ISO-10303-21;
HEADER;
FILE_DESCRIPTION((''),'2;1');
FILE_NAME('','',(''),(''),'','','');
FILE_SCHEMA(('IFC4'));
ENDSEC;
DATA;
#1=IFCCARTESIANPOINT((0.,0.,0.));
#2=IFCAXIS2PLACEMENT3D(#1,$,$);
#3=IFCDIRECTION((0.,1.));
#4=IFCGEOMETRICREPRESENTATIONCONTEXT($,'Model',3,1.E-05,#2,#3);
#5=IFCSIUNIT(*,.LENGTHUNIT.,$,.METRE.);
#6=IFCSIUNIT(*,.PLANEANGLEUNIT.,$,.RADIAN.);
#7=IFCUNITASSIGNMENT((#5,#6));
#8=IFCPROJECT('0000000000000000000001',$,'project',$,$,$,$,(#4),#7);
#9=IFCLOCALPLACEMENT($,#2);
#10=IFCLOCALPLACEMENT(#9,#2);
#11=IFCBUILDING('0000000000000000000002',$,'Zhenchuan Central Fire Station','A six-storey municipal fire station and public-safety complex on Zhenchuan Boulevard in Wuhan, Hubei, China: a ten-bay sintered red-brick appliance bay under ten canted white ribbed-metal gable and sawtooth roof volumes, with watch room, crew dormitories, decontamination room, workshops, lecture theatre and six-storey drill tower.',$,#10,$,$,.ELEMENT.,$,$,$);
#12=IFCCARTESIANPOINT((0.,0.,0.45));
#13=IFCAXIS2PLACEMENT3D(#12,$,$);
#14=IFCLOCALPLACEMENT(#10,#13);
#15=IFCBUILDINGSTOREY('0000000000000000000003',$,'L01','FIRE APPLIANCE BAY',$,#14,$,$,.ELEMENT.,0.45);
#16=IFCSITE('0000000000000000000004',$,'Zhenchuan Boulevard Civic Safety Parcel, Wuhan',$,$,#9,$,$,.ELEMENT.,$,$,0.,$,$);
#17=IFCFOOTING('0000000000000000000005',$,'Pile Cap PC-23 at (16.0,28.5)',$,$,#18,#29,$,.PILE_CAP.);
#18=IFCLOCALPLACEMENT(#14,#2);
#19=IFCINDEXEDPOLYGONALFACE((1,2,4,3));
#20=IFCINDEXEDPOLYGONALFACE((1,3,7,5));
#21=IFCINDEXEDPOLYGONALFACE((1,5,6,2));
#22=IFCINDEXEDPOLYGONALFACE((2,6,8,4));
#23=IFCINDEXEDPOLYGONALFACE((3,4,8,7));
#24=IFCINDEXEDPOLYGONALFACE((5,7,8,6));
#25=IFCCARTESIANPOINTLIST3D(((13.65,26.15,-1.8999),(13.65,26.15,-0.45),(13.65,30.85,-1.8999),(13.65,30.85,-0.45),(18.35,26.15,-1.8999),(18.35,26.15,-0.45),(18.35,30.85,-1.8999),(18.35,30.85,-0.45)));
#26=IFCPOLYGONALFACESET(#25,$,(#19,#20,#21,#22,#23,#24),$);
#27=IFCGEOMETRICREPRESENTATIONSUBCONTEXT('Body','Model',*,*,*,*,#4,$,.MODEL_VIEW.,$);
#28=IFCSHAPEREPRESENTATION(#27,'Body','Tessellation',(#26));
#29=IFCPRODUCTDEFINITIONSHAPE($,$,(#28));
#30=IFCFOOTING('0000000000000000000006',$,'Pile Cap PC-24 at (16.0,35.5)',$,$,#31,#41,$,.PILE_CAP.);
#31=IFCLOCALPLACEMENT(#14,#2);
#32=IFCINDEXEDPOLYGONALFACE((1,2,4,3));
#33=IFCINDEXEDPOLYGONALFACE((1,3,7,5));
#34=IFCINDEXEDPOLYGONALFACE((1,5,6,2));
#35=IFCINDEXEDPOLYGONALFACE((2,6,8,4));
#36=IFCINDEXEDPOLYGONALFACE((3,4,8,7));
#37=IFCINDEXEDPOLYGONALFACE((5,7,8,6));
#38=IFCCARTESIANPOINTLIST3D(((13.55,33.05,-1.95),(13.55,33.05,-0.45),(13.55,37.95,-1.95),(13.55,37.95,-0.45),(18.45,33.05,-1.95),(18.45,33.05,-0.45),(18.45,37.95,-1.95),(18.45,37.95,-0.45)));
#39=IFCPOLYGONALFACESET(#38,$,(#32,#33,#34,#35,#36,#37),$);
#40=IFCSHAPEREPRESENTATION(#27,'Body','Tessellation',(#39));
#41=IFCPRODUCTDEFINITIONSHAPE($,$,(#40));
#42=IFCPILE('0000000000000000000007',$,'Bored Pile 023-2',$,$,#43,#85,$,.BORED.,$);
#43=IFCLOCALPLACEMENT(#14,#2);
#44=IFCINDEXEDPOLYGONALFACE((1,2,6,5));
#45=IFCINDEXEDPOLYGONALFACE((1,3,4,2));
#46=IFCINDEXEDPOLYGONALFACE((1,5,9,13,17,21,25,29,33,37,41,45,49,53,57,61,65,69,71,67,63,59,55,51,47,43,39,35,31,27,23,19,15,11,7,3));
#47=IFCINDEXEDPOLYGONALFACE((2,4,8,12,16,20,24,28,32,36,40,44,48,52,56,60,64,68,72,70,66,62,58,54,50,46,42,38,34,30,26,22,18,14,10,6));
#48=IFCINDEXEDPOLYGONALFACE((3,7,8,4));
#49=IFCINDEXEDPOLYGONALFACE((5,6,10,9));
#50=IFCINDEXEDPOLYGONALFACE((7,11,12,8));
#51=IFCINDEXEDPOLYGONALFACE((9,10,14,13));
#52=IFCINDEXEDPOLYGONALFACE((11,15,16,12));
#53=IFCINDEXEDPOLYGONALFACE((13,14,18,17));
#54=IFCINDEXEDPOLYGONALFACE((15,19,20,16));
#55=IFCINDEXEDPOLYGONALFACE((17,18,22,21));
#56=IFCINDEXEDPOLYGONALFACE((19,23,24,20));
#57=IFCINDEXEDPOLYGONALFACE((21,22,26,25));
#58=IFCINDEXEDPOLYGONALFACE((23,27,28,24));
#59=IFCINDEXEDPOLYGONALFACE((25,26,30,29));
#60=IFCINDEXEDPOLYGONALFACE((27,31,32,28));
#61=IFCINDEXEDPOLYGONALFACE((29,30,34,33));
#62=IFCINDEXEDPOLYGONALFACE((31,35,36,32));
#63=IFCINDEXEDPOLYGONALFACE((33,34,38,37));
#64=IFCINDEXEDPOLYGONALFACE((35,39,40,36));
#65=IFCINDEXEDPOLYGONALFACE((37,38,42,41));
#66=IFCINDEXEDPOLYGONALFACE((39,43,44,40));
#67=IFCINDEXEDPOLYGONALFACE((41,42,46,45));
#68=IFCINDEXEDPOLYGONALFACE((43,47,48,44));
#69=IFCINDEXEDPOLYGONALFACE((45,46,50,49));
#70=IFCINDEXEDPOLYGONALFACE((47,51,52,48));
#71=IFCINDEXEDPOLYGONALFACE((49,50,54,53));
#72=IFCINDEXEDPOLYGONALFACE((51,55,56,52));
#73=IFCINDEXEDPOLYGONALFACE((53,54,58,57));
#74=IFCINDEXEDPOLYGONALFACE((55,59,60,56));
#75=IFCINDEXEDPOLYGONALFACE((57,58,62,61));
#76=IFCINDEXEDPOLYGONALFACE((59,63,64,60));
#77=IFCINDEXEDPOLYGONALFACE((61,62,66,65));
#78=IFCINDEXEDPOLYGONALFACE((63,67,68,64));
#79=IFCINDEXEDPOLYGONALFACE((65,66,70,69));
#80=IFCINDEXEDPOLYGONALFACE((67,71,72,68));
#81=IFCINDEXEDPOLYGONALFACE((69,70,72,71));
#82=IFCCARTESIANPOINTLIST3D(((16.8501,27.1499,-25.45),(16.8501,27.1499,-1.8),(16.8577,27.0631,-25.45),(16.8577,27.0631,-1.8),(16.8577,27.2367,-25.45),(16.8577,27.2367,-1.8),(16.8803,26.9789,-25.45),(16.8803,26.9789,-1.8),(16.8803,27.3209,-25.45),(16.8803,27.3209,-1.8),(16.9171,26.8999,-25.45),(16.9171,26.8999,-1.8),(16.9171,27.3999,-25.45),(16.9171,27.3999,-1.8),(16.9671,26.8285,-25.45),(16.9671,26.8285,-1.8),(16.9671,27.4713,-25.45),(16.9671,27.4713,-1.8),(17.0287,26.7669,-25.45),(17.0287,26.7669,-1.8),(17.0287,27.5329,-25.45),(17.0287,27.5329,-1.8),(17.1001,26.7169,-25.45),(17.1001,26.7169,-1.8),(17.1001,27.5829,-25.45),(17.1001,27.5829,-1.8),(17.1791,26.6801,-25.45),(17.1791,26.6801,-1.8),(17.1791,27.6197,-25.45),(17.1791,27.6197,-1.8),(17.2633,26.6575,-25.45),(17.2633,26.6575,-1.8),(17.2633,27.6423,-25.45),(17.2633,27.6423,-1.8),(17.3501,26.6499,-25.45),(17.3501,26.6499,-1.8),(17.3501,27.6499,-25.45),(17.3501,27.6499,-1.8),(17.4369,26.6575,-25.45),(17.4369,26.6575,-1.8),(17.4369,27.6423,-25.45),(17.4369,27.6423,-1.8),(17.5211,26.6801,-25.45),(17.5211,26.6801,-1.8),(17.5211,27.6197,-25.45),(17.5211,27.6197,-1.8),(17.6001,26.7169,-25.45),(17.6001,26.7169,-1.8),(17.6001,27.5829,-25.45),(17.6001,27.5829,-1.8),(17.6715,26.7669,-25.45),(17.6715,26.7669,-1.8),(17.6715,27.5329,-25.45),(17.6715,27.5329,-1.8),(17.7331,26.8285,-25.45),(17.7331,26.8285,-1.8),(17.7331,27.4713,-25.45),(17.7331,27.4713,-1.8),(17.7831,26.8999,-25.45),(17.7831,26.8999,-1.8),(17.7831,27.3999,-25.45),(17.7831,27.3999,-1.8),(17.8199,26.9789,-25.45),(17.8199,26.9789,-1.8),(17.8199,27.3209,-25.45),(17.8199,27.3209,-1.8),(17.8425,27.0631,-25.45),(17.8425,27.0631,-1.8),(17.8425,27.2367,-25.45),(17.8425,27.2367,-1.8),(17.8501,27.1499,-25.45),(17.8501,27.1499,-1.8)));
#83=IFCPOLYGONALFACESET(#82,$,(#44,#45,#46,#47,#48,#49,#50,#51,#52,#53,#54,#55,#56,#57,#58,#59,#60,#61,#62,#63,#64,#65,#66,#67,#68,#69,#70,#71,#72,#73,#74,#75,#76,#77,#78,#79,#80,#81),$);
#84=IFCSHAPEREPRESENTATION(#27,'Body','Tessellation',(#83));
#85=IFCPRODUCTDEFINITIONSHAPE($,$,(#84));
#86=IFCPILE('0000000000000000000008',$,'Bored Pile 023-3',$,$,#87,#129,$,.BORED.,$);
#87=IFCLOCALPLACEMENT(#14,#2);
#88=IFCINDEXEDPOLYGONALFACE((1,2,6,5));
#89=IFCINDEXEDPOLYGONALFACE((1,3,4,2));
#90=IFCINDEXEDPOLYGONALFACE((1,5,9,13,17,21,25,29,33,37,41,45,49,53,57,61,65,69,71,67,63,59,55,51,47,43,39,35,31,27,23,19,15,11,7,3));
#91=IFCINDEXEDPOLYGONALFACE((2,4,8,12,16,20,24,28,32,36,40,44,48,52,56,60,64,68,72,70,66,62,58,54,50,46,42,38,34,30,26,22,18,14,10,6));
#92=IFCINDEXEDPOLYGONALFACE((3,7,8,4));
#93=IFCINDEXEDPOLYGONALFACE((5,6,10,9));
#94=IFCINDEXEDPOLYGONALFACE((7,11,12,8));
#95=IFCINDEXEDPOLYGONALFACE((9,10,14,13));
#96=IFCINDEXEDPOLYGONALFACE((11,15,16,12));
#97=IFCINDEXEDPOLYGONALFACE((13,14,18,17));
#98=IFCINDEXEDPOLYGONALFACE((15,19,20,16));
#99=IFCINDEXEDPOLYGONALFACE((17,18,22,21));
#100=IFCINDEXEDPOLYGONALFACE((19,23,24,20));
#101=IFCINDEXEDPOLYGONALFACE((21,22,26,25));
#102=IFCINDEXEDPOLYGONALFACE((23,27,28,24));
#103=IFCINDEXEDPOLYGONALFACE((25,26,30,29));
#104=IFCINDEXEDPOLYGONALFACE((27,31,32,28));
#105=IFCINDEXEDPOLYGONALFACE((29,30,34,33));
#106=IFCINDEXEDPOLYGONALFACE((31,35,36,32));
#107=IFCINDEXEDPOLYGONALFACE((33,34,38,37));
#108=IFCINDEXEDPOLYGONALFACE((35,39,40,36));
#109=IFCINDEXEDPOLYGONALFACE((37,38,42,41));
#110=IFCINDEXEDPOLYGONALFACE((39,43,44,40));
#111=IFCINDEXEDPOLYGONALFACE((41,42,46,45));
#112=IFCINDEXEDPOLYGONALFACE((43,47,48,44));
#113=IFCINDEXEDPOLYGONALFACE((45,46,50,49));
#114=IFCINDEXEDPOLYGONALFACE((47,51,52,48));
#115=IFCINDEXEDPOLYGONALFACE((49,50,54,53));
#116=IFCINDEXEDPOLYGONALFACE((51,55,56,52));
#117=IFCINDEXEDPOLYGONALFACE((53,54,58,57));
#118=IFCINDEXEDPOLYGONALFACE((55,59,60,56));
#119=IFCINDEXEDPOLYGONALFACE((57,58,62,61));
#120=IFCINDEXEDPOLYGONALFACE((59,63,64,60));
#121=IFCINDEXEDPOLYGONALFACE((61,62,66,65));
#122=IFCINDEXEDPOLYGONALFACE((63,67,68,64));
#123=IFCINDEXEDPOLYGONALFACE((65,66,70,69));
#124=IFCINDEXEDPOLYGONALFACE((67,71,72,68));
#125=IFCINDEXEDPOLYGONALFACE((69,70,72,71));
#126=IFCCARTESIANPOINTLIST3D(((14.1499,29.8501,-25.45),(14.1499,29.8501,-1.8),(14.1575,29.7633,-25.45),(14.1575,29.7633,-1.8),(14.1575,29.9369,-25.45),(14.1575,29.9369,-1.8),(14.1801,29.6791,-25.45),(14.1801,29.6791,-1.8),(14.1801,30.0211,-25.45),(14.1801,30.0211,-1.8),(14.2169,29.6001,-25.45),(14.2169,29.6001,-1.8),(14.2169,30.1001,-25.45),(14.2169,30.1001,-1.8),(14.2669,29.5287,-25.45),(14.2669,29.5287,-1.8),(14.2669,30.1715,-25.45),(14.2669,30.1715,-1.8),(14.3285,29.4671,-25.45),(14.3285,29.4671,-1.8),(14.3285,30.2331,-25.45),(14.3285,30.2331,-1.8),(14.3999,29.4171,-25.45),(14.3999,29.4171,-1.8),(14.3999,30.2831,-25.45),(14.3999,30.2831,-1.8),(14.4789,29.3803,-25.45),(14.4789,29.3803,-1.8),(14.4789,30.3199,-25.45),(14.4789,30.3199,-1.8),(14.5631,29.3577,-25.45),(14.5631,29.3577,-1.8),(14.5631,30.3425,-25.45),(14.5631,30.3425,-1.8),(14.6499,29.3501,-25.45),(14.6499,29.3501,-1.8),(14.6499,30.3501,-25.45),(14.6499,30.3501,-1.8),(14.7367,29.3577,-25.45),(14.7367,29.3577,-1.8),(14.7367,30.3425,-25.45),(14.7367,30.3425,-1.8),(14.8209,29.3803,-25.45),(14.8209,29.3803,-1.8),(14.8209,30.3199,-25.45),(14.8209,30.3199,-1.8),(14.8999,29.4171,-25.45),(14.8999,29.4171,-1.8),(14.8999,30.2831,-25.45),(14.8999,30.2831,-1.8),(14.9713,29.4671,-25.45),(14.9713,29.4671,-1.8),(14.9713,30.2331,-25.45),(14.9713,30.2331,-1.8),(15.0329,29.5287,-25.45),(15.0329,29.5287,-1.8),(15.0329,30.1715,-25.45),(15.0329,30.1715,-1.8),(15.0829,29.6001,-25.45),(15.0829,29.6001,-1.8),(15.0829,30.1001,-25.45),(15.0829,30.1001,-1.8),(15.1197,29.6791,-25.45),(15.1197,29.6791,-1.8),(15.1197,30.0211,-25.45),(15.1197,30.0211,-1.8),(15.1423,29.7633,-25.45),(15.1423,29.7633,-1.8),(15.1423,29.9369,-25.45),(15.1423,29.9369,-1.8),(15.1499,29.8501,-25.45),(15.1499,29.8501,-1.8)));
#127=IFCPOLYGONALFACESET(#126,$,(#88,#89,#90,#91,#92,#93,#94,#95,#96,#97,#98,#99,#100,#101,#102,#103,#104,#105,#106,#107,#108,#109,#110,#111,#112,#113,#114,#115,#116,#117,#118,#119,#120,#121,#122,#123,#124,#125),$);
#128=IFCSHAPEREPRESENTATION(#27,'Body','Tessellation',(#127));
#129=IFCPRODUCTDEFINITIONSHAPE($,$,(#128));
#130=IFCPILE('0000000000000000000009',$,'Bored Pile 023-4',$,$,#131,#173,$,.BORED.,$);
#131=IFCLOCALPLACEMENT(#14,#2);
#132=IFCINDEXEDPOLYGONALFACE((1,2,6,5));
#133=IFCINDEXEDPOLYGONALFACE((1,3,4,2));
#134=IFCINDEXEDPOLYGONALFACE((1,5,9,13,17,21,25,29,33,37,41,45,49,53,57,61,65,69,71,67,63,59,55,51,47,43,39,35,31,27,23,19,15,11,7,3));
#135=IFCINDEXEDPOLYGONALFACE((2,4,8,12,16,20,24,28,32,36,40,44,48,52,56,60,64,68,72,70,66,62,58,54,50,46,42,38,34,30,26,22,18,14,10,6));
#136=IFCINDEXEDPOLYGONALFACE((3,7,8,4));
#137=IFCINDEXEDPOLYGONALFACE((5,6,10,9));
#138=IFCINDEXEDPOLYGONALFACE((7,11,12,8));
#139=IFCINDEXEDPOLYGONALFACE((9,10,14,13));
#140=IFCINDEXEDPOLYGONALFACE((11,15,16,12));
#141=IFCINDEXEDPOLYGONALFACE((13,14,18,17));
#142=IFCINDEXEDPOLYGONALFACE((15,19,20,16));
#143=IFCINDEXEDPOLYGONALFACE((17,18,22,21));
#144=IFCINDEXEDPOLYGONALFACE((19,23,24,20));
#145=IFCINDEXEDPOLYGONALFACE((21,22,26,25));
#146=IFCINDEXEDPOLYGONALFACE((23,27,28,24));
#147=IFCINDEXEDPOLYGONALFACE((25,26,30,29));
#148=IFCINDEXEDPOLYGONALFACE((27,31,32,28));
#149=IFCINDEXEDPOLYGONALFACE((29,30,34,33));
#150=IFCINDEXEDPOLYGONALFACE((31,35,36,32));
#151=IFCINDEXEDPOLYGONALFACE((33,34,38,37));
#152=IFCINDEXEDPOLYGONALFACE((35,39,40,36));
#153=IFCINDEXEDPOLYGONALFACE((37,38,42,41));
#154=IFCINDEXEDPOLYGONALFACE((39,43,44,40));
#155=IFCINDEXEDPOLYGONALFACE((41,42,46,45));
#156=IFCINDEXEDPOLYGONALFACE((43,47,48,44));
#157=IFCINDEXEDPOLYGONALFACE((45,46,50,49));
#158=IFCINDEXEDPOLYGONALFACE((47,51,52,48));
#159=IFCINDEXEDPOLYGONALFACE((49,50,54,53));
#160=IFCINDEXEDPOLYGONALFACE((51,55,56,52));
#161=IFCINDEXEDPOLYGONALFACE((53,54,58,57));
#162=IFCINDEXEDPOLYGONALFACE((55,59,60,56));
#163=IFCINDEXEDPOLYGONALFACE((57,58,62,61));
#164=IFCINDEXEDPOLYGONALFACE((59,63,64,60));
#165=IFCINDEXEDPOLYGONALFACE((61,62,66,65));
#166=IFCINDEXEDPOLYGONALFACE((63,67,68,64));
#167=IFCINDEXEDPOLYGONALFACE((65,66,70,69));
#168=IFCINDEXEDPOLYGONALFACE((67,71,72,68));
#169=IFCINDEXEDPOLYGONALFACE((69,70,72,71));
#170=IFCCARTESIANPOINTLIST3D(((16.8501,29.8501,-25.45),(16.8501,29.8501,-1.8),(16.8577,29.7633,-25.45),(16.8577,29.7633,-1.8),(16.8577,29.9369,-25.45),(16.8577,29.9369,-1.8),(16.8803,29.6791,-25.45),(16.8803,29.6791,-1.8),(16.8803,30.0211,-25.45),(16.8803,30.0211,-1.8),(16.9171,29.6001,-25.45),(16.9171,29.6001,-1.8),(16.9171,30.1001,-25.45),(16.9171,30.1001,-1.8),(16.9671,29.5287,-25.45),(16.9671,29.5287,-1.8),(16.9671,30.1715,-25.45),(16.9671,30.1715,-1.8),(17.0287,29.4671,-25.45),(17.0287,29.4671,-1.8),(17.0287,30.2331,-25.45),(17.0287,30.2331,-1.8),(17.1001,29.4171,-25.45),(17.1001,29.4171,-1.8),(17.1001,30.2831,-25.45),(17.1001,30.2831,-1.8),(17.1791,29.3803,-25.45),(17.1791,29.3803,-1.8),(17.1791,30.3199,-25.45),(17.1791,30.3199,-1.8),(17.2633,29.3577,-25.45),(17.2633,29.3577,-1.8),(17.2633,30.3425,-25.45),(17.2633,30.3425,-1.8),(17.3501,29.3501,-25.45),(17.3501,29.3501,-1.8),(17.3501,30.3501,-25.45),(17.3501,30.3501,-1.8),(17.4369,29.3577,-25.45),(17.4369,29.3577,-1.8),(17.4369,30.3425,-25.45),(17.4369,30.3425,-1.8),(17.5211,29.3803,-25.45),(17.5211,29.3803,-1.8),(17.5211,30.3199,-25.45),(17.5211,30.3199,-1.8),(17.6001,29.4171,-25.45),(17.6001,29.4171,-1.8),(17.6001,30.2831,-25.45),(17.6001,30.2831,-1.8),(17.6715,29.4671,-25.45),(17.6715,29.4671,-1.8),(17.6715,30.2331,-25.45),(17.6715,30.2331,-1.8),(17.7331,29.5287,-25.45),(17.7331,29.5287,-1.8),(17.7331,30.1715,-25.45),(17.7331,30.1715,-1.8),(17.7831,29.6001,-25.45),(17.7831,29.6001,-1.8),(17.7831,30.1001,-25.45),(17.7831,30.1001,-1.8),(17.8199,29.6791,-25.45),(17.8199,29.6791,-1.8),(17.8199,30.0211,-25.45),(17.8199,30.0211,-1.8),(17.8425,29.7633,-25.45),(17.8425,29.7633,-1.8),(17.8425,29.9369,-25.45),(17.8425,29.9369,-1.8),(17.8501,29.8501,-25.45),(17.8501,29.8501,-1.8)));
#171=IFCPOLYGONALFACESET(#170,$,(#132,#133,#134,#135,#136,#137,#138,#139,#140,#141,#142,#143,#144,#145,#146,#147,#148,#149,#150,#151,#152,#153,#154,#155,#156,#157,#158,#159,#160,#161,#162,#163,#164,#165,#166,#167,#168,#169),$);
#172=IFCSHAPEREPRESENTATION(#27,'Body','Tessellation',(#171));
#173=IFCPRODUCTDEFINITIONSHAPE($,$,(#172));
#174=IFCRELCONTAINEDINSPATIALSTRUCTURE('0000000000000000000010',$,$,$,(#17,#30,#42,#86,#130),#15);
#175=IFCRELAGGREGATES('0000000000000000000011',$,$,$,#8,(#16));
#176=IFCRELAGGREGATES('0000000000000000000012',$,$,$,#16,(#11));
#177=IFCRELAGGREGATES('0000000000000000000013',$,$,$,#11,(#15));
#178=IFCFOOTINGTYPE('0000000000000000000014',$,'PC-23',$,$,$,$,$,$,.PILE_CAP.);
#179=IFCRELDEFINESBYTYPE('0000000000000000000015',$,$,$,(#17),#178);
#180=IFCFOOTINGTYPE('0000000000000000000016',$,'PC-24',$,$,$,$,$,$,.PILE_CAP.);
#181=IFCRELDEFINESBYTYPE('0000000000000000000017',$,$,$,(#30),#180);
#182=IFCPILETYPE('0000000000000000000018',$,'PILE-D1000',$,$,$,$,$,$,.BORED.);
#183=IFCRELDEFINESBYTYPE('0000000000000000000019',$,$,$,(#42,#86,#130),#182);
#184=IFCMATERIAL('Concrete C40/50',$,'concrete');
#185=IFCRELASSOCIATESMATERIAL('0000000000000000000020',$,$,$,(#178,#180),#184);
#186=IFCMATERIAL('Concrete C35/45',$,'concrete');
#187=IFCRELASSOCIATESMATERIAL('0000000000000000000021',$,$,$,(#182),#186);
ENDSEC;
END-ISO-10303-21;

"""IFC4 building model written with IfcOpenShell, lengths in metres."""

from ifc_helpers import new_model, si_unit, direction, frame, origin, origin_2d, place, context, subcontext, project, spatial, rectangle, circle, extrude, material, material_profile, profile_set, type_object, element, save


model = new_model("IFC4")

# Units and contexts
model_context = context("Model", 3, precision=1e-05, world=origin(), true_north=direction((0.0, 1.0)))
body_context = subcontext(model_context, "Body", "Model", "MODEL_VIEW")
ifc_project = project(units=[si_unit("LENGTHUNIT", "METRE"), si_unit("PLANEANGLEUNIT", "RADIAN")], contexts=[model_context])

# Site, building, storey
site_placement = place(None, origin())
site = spatial("IfcSite", under=ifc_project, at=site_placement, Name="Zhenchuan Boulevard Civic Safety Parcel, Wuhan", CompositionType="ELEMENT", RefElevation=0.0)
building_placement = place(site_placement, origin())
building = spatial("IfcBuilding", under=site, at=building_placement, Name="Zhenchuan Central Fire Station", Description="A six-storey municipal fire station and public-safety complex on Zhenchuan Boulevard in Wuhan, Hubei, China: a ten-bay sintered red-brick appliance bay under ten canted white ribbed-metal gable and sawtooth roof volumes, with watch room, crew dormitories, decontamination room, workshops, lecture theatre and six-storey drill tower.", CompositionType="ELEMENT")
storey_placement = place(building_placement, frame((0.0, 0.0, 0.45)))
storey = spatial("IfcBuildingStorey", under=building, at=storey_placement, Name="L01", Description="FIRE APPLIANCE BAY", CompositionType="ELEMENT", Elevation=0.45)

# Footings
ifc_material_1 = material(Name="Concrete C40/50", Category="concrete")
footing_type_1 = type_object("IfcFootingType", Name="PC-23", PredefinedType="PILE_CAP", material=ifc_material_1)
footing_1_placement = place(storey_placement, frame((16.0, 28.5, -1.8999), z_axis=(0.0, 0.0, 1.0), x_axis=(1.0, 0.0, 0.0)))
element("IfcFooting", 1, at=footing_1_placement, inside=storey, type_object=footing_type_1, Name="Pile Cap PC-23 at (16.0,28.5)", PredefinedType="PILE_CAP", context=body_context, shape_type="SweptSolid", body=[
    extrude(rectangle(XDim=4.7, YDim=4.7, at=origin_2d()), origin(), (0.0, 0.0, 1.0), 1.45),
])
footing_type_2 = type_object("IfcFootingType", Name="PC-24", PredefinedType="PILE_CAP", material=ifc_material_1)
footing_2_placement = place(storey_placement, frame((16.0, 35.5, -1.95), z_axis=(0.0, 0.0, 1.0), x_axis=(1.0, 0.0, 0.0)))
element("IfcFooting", 2, at=footing_2_placement, inside=storey, type_object=footing_type_2, Name="Pile Cap PC-24 at (16.0,35.5)", PredefinedType="PILE_CAP", context=body_context, shape_type="SweptSolid", body=[
    extrude(rectangle(XDim=4.8999, YDim=4.8999, at=origin_2d()), origin(), (0.0, 0.0, 1.0), 1.5),
])

# Piles
ifc_material_2 = material(Name="Concrete C35/45", Category="concrete")
ifc_material_profile_1 = material_profile(ifc_material_2, circle(Radius=0.5, at=origin_2d()), Name="PILE D1000")
ifc_profile_set_1 = profile_set([ifc_material_profile_1], Name="Concrete C35/45")
pile_type_1 = type_object("IfcPileType", Name="PILE-D1000", PredefinedType="BORED", material=ifc_profile_set_1)
for number, where, z_axis, x_axis, name in (
    (3, (17.3501, 27.1499, -1.8), (0.0, 0.0, -1.0), (1.0, 0.0, 0.0), "Bored Pile 023-2"),
    (4, (14.6499, 29.8501, -1.8), (0.0, 0.0, -1.0), (1.0, 0.0, 0.0), "Bored Pile 023-3"),
    (5, (17.3501, 29.8501, -1.8), (0.0, 0.0, -1.0), (1.0, 0.0, 0.0), "Bored Pile 023-4"),
):
    element("IfcPile", number, at=place(storey_placement, frame(where, z_axis=z_axis, x_axis=x_axis)), inside=storey, type_object=pile_type_1, Name=name, PredefinedType="BORED", context=body_context, shape_type="SweptSolid", body=[
        extrude(circle(Radius=0.5, at=origin_2d()), origin(), (0.0, 0.0, 1.0), 23.6499),
    ])

save(model, "model.ifc")
